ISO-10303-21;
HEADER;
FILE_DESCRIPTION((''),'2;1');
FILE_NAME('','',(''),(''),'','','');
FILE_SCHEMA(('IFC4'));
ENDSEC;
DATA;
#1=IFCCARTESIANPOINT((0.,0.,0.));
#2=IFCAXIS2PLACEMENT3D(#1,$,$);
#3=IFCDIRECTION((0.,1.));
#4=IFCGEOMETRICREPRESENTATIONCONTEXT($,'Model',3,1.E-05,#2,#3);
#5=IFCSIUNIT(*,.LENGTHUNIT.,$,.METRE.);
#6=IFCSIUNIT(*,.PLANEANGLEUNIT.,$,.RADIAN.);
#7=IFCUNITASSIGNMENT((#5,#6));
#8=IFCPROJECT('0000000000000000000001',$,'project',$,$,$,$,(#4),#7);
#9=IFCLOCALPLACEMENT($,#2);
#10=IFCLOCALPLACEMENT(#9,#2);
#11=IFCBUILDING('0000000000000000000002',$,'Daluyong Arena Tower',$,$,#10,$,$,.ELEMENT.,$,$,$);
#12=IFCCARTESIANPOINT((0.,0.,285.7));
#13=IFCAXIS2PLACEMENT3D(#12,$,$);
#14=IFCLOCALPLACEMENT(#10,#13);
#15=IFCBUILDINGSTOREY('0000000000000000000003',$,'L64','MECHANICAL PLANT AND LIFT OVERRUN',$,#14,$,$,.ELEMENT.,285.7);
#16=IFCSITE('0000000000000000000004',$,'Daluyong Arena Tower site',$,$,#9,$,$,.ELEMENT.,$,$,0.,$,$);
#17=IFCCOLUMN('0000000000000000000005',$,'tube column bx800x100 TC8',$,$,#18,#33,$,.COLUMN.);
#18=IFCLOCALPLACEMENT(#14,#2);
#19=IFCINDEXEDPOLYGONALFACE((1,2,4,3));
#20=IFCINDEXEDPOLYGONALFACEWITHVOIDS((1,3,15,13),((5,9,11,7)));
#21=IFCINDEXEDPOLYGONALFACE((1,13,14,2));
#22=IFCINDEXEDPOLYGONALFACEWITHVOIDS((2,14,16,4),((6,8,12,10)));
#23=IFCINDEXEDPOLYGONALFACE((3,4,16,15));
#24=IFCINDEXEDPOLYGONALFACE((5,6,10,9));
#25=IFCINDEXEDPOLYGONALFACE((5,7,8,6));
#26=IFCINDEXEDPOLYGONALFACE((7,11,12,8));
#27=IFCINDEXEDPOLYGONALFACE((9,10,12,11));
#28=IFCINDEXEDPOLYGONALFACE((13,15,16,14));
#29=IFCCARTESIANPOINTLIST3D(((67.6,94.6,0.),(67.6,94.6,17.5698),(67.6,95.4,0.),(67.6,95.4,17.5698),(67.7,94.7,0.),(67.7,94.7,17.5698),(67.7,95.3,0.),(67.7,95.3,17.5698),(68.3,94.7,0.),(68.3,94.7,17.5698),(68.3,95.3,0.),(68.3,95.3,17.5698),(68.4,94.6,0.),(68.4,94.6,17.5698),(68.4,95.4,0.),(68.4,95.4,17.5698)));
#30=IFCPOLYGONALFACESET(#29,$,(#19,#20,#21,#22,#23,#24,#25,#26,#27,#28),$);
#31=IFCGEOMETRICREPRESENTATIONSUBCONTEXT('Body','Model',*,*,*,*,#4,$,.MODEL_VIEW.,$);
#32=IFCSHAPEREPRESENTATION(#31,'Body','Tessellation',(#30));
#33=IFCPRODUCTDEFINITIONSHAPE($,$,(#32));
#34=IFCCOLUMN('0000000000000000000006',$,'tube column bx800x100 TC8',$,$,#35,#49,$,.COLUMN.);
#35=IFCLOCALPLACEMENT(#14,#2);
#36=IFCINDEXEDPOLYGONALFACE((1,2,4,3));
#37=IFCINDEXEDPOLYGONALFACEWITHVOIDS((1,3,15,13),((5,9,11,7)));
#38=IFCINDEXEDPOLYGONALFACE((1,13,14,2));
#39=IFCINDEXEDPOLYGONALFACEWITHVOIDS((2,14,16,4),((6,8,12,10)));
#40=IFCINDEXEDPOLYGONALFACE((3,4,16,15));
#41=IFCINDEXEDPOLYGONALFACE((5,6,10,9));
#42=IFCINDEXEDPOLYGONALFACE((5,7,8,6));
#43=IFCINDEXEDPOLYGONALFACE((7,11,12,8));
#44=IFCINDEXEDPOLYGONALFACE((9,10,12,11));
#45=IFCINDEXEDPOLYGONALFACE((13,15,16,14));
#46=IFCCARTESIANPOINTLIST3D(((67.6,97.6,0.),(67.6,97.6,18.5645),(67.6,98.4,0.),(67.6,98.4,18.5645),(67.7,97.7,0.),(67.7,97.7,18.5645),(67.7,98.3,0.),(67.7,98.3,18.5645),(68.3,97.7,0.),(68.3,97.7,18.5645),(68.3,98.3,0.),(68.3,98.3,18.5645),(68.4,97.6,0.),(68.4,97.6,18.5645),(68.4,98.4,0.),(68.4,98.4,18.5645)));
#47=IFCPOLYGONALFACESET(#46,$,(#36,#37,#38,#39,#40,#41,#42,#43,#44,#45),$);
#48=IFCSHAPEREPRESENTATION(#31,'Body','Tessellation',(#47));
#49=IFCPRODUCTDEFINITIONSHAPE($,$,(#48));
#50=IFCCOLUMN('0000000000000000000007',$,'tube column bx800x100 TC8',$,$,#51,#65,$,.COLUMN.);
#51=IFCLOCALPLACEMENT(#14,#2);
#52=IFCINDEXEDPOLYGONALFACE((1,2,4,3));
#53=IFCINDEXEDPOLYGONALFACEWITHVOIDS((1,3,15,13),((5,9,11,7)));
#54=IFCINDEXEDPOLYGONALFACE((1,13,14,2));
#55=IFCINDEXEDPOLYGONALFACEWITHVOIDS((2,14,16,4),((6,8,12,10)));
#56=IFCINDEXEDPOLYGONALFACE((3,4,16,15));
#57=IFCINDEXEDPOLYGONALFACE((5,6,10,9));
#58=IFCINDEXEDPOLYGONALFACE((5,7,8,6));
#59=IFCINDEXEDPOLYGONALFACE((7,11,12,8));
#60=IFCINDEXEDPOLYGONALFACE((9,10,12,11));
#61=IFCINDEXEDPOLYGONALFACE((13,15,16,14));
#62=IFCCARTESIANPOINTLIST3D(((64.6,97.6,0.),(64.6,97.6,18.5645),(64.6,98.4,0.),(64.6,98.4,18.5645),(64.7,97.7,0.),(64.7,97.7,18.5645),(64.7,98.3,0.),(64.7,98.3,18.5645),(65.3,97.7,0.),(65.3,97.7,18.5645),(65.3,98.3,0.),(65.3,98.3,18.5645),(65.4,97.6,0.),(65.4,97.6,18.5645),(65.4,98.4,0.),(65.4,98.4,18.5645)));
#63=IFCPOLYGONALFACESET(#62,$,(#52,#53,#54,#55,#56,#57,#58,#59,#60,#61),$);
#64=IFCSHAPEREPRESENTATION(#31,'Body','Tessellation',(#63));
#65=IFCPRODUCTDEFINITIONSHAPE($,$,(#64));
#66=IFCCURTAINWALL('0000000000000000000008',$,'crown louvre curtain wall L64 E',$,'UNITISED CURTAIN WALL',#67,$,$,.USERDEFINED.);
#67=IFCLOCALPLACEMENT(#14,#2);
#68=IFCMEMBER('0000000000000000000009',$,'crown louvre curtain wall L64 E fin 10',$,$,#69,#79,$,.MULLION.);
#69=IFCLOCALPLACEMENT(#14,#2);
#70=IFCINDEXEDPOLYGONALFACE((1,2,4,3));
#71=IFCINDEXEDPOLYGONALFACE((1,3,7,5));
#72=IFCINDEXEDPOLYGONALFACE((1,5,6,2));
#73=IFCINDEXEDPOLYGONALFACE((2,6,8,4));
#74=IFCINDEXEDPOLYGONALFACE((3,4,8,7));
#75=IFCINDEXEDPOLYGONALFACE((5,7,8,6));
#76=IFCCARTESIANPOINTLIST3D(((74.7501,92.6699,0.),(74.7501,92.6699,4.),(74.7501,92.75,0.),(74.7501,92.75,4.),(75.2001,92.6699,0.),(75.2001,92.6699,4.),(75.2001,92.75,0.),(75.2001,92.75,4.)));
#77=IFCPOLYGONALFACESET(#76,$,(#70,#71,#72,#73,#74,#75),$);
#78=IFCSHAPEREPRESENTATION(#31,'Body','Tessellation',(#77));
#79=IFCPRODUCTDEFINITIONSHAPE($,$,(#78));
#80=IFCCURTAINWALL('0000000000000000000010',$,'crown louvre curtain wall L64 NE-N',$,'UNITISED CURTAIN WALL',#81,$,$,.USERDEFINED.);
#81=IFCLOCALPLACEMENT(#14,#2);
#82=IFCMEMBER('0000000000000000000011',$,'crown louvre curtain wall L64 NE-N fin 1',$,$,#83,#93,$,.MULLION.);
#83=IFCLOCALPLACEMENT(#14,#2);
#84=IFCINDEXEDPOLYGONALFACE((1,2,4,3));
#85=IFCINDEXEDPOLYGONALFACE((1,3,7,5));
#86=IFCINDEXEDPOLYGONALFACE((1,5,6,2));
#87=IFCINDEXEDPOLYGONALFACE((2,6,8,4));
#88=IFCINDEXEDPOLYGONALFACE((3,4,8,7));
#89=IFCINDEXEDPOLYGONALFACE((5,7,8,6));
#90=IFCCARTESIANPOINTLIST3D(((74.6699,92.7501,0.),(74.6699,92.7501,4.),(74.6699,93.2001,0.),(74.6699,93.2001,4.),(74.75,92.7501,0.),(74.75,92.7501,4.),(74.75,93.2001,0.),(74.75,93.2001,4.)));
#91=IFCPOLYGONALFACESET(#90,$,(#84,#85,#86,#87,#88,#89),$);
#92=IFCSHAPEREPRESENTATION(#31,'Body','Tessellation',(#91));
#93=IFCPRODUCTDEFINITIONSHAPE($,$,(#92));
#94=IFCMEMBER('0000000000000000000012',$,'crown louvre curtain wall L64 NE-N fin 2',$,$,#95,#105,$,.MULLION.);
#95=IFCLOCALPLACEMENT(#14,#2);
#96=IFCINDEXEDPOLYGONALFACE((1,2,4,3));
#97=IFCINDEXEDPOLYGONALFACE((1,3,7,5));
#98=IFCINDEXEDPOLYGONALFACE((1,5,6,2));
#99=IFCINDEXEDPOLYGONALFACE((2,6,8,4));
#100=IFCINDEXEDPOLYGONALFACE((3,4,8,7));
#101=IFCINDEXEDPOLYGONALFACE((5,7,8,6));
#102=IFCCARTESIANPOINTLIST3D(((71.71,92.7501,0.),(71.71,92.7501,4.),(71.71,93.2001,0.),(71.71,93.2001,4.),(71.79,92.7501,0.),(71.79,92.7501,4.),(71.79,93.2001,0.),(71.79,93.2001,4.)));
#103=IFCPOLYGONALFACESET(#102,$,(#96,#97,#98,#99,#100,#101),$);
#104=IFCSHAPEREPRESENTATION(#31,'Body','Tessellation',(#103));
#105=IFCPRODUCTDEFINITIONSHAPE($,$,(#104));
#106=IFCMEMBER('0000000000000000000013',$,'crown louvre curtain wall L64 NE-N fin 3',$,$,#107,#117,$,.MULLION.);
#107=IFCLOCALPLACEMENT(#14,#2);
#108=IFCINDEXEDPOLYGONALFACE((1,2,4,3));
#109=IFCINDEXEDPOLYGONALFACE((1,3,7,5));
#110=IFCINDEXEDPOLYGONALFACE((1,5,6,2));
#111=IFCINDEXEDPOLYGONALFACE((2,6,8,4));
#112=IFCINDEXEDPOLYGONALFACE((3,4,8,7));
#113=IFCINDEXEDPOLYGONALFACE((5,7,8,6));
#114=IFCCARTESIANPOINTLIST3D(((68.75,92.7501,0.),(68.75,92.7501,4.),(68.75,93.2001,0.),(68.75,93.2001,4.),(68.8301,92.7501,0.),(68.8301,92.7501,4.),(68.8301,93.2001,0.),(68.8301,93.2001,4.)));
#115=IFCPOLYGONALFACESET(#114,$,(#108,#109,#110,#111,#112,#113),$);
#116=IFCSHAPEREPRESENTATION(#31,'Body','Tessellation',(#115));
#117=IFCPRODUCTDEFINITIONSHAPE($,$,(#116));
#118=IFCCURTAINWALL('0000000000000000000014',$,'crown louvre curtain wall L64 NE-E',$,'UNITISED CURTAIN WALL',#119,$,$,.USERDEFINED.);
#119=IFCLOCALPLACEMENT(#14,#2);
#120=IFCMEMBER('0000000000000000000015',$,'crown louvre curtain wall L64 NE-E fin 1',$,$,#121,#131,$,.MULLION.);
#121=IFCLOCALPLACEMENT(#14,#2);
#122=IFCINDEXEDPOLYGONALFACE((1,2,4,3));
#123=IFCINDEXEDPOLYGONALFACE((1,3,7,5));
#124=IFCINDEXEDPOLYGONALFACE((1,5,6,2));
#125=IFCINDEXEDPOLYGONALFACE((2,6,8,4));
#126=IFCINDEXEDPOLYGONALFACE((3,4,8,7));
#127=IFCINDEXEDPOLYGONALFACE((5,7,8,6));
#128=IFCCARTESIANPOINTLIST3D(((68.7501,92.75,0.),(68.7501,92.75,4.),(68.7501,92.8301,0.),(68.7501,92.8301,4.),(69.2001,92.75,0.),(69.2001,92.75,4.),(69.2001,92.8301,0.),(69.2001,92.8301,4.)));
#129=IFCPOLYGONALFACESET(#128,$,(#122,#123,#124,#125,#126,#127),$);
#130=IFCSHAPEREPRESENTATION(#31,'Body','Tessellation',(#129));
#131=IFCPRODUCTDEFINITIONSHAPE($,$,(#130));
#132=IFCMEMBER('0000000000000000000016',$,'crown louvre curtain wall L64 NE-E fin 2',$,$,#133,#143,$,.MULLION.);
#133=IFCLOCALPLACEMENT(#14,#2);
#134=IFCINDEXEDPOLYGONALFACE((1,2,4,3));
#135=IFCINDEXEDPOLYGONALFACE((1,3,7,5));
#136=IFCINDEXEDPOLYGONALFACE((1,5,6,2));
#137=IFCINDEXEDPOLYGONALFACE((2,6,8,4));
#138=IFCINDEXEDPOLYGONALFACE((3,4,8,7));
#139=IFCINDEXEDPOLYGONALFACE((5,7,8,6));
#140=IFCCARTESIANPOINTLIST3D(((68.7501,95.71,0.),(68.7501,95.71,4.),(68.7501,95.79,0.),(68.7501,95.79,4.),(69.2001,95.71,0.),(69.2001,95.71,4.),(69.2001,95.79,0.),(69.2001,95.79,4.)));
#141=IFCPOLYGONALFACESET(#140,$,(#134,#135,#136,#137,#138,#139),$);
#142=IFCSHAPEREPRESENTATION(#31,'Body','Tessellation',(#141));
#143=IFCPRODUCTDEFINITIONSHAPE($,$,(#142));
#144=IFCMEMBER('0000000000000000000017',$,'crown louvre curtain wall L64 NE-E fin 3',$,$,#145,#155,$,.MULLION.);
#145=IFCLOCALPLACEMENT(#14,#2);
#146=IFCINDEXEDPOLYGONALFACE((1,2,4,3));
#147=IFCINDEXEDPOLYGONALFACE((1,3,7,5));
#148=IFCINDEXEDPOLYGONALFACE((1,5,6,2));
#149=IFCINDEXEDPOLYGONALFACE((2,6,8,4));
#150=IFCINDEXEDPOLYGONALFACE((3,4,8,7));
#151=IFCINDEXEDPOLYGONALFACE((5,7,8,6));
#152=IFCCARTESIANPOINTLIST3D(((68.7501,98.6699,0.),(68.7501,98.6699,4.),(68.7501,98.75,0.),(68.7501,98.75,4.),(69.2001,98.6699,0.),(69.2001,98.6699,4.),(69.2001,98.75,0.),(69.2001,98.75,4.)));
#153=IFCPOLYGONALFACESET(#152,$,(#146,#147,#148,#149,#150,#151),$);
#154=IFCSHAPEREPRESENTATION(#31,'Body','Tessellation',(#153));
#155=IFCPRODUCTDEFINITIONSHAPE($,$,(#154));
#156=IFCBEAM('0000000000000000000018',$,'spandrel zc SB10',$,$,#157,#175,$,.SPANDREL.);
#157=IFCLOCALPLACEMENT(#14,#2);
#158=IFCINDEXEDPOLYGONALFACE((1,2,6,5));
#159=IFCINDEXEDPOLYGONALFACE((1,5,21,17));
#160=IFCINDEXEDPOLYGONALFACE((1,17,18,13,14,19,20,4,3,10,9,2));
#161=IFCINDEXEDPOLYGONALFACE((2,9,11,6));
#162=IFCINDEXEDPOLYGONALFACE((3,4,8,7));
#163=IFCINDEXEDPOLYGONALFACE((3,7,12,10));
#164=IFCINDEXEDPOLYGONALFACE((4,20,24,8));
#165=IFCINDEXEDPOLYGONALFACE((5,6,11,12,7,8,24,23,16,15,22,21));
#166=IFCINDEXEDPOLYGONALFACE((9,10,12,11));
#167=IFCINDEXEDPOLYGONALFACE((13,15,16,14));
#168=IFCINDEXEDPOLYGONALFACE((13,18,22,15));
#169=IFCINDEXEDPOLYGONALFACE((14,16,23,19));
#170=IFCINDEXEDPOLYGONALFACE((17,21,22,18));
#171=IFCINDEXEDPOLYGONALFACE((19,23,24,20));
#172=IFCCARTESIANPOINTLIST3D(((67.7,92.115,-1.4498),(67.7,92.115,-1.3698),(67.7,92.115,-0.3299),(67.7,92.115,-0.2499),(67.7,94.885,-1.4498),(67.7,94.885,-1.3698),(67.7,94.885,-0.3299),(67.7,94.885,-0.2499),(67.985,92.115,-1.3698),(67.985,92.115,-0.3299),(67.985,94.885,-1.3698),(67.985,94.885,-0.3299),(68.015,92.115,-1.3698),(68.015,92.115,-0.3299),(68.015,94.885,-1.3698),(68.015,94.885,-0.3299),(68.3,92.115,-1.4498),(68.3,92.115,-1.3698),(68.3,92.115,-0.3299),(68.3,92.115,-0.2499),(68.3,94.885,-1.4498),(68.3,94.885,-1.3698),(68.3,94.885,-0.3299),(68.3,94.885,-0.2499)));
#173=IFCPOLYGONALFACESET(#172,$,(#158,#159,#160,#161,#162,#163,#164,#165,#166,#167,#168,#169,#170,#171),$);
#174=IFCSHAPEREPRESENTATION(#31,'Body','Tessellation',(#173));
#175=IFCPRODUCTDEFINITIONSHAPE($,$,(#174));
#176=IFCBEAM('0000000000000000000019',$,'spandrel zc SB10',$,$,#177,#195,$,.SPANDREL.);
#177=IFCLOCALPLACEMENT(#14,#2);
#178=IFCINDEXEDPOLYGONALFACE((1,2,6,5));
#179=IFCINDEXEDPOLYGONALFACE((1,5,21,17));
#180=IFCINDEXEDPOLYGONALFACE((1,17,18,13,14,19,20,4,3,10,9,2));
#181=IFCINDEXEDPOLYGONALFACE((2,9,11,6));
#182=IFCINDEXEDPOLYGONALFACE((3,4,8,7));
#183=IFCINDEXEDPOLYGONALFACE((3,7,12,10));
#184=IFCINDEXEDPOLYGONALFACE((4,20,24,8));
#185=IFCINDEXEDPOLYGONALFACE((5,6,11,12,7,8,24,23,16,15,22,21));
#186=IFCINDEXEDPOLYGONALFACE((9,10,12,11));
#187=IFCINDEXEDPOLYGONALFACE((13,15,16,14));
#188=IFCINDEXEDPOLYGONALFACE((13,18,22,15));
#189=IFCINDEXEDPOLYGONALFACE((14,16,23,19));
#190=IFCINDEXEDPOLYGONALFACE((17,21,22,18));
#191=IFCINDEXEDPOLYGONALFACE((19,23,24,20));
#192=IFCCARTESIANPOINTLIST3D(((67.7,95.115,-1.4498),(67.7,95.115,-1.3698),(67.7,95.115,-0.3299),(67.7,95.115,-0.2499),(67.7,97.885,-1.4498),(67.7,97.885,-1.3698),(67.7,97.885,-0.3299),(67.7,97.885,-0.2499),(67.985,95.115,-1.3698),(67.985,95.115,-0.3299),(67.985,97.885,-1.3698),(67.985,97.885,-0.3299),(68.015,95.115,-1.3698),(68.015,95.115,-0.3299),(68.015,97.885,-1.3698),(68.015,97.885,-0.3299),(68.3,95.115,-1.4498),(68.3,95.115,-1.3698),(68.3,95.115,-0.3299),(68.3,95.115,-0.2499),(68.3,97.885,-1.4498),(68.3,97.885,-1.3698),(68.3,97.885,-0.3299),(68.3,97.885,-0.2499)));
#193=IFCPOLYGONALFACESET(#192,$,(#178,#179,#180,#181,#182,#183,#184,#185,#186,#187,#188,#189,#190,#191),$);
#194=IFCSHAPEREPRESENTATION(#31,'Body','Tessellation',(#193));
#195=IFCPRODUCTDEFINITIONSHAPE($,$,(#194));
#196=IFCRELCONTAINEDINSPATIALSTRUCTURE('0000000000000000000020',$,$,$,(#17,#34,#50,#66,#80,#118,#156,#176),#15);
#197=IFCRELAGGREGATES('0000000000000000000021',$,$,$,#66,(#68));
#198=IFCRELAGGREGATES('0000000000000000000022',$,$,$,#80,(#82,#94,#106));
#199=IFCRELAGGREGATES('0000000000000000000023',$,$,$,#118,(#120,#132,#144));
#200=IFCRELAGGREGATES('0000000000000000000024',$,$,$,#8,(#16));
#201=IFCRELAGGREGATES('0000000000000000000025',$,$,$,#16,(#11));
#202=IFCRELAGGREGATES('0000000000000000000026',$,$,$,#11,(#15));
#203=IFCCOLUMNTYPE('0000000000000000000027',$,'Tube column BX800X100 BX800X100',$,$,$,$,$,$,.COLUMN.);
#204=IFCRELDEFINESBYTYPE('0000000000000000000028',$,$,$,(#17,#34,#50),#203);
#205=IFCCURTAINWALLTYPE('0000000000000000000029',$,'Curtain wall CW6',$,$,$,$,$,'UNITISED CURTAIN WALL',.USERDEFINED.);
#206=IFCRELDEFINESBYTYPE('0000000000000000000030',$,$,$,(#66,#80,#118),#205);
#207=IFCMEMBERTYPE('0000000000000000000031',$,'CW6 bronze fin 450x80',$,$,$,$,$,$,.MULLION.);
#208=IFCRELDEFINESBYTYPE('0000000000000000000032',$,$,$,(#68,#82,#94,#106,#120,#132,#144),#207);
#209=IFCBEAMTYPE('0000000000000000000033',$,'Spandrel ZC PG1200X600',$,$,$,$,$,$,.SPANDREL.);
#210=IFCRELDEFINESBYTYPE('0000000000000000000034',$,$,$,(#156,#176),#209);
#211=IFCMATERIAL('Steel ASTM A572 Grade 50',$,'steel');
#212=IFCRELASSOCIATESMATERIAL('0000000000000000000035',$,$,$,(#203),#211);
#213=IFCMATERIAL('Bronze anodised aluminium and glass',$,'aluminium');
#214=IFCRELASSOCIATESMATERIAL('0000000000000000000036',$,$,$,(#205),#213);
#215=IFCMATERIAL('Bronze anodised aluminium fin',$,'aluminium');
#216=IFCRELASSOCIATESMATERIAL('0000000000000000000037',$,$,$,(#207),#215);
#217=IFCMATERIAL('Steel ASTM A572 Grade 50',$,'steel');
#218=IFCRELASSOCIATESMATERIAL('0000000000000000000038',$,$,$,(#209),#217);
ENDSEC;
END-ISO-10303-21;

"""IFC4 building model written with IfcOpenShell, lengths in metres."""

from ifc_helpers import new_model, si_unit, direction, frame, origin, origin_2d, place, context, subcontext, project, spatial, rectangle, hollow_rectangle, i_section, extrude, material, material_profile, profile_set, type_object, element, aggregate, save


model = new_model("IFC4")

# Units and contexts
model_context = context("Model", 3, precision=1e-05, world=origin(), true_north=direction((0.0, 1.0)))
body_context = subcontext(model_context, "Body", "Model", "MODEL_VIEW")
ifc_project = project(units=[si_unit("LENGTHUNIT", "METRE"), si_unit("PLANEANGLEUNIT", "RADIAN")], contexts=[model_context])

# Site, building, storey
site_placement = place(None, origin())
site = spatial("IfcSite", under=ifc_project, at=site_placement, Name="Daluyong Arena Tower site", CompositionType="ELEMENT", RefElevation=0.0)
building_placement = place(site_placement, origin())
building = spatial("IfcBuilding", under=site, at=building_placement, Name="Daluyong Arena Tower", CompositionType="ELEMENT")
storey_placement = place(building_placement, frame((0.0, 0.0, 285.7)))
storey = spatial("IfcBuildingStorey", under=building, at=storey_placement, Name="L64", Description="MECHANICAL PLANT AND LIFT OVERRUN", CompositionType="ELEMENT", Elevation=285.7)

# Columns
ifc_material_1 = material(Name="Steel ASTM A572 Grade 50", Category="steel")
ifc_material_profile_1 = material_profile(ifc_material_1, hollow_rectangle(XDim=0.8, YDim=0.8, WallThickness=0.1, at=origin_2d()))
ifc_profile_set_1 = profile_set([ifc_material_profile_1], Name="Steel ASTM A572 Grade 50")
column_type = type_object("IfcColumnType", Name="Tube column BX800X100 BX800X100", PredefinedType="COLUMN", material=ifc_profile_set_1)
column_placement = place(storey_placement, frame((68.0, 95.0, 0.0), z_axis=(0.0, 0.0, 1.0), x_axis=(0.0, 1.0, 0.0)))
element("IfcColumn", 1, at=column_placement, inside=storey, type_object=column_type, Name="tube column bx800x100 TC8", PredefinedType="COLUMN", context=body_context, shape_type="SweptSolid", body=[
    extrude(hollow_rectangle(XDim=0.8, YDim=0.8, WallThickness=0.1, at=origin_2d()), origin(), (0.0, 0.0, 1.0), 17.5698),
])
for number, where, z_axis, x_axis, name in (
    (2, (68.0, 98.0, 0.0), (0.0, 0.0, 1.0), (1.0, 0.0, 0.0), "tube column bx800x100 TC8"),
    (3, (65.0, 98.0, 0.0), (0.0, 0.0, 1.0), (1.0, 0.0, 0.0), "tube column bx800x100 TC8"),
):
    element("IfcColumn", number, at=place(storey_placement, frame(where, z_axis=z_axis, x_axis=x_axis)), inside=storey, type_object=column_type, Name=name, PredefinedType="COLUMN", context=body_context, shape_type="SweptSolid", body=[
        extrude(hollow_rectangle(XDim=0.8, YDim=0.8, WallThickness=0.1, at=origin_2d()), origin(), (0.0, 0.0, 1.0), 18.5645),
    ])

# Curtain wall, member
ifc_material_2 = material(Name="Bronze anodised aluminium and glass", Category="aluminium")
curtain_wall_type = type_object("IfcCurtainWallType", Name="Curtain wall CW6", ElementType="UNITISED CURTAIN WALL", PredefinedType="USERDEFINED", material=ifc_material_2)
curtain_wall_1_placement = place(storey_placement, origin())
curtain_wall_1 = element("IfcCurtainWall", 4, at=curtain_wall_1_placement, inside=storey, type_object=curtain_wall_type, Name="crown louvre curtain wall L64 E", ObjectType="UNITISED CURTAIN WALL", PredefinedType="USERDEFINED")
ifc_material_3 = material(Name="Bronze anodised aluminium fin", Category="aluminium")
ifc_material_profile_2 = material_profile(ifc_material_3, rectangle(XDim=0.45, YDim=0.0801, at=origin_2d()))
ifc_profile_set_2 = profile_set([ifc_material_profile_2], Name="Bronze anodised aluminium fin")
member_type = type_object("IfcMemberType", Name="CW6 bronze fin 450x80", PredefinedType="MULLION", material=ifc_profile_set_2)
member_1_placement = place(storey_placement, frame((74.9751, 92.71, 0.0), z_axis=(0.0, 0.0, 1.0), x_axis=(-1.0, 0.0, 0.0)))
member_1 = element("IfcMember", 5, at=member_1_placement, type_object=member_type, Name="crown louvre curtain wall L64 E fin 10", PredefinedType="MULLION", context=body_context, shape_type="SweptSolid", body=[
    extrude(rectangle(XDim=0.45, YDim=0.0801, at=origin_2d()), origin(), (0.0, 0.0, 1.0), 4.0),
])
aggregate(curtain_wall_1, [member_1])

# Curtain walls, members
curtain_wall_2_placement = place(storey_placement, origin())
curtain_wall_2 = element("IfcCurtainWall", 6, at=curtain_wall_2_placement, inside=storey, type_object=curtain_wall_type, Name="crown louvre curtain wall L64 NE-N", ObjectType="UNITISED CURTAIN WALL", PredefinedType="USERDEFINED")
member_2_placement = place(storey_placement, frame((74.71, 92.9751, 0.0), z_axis=(0.0, 0.0, 1.0), x_axis=(0.0, -1.0, 0.0)))
member_2 = element("IfcMember", 7, at=member_2_placement, type_object=member_type, Name="crown louvre curtain wall L64 NE-N fin 1", PredefinedType="MULLION", context=body_context, shape_type="SweptSolid", body=[
    extrude(rectangle(XDim=0.45, YDim=0.0801, at=origin_2d()), origin(), (0.0, 0.0, 1.0), 4.0),
])
member_3_placement = place(storey_placement, frame((71.75, 92.9751, 0.0), z_axis=(0.0, 0.0, 1.0), x_axis=(0.0, -1.0, 0.0)))
member_3 = element("IfcMember", 8, at=member_3_placement, type_object=member_type, Name="crown louvre curtain wall L64 NE-N fin 2", PredefinedType="MULLION", context=body_context, shape_type="SweptSolid", body=[
    extrude(rectangle(XDim=0.45, YDim=0.0801, at=origin_2d()), origin(), (0.0, 0.0, 1.0), 4.0),
])
member_4_placement = place(storey_placement, frame((68.79, 92.9751, 0.0), z_axis=(0.0, 0.0, 1.0), x_axis=(0.0, -1.0, 0.0)))
member_4 = element("IfcMember", 9, at=member_4_placement, type_object=member_type, Name="crown louvre curtain wall L64 NE-N fin 3", PredefinedType="MULLION", context=body_context, shape_type="SweptSolid", body=[
    extrude(rectangle(XDim=0.45, YDim=0.0801, at=origin_2d()), origin(), (0.0, 0.0, 1.0), 4.0),
])
curtain_wall_3_placement = place(storey_placement, origin())
curtain_wall_3 = element("IfcCurtainWall", 10, at=curtain_wall_3_placement, inside=storey, type_object=curtain_wall_type, Name="crown louvre curtain wall L64 NE-E", ObjectType="UNITISED CURTAIN WALL", PredefinedType="USERDEFINED")
member_5_placement = place(storey_placement, frame((68.9751, 92.79, 0.0), z_axis=(0.0, 0.0, 1.0), x_axis=(-1.0, 0.0, 0.0)))
member_5 = element("IfcMember", 11, at=member_5_placement, type_object=member_type, Name="crown louvre curtain wall L64 NE-E fin 1", PredefinedType="MULLION", context=body_context, shape_type="SweptSolid", body=[
    extrude(rectangle(XDim=0.45, YDim=0.0801, at=origin_2d()), origin(), (0.0, 0.0, 1.0), 4.0),
])
member_6_placement = place(storey_placement, frame((68.9751, 95.75, 0.0), z_axis=(0.0, 0.0, 1.0), x_axis=(-1.0, 0.0, 0.0)))
member_6 = element("IfcMember", 12, at=member_6_placement, type_object=member_type, Name="crown louvre curtain wall L64 NE-E fin 2", PredefinedType="MULLION", context=body_context, shape_type="SweptSolid", body=[
    extrude(rectangle(XDim=0.45, YDim=0.0801, at=origin_2d()), origin(), (0.0, 0.0, 1.0), 4.0),
])
member_7_placement = place(storey_placement, frame((68.9751, 98.71, 0.0), z_axis=(0.0, 0.0, 1.0), x_axis=(-1.0, 0.0, 0.0)))
member_7 = element("IfcMember", 13, at=member_7_placement, type_object=member_type, Name="crown louvre curtain wall L64 NE-E fin 3", PredefinedType="MULLION", context=body_context, shape_type="SweptSolid", body=[
    extrude(rectangle(XDim=0.45, YDim=0.0801, at=origin_2d()), origin(), (0.0, 0.0, 1.0), 4.0),
])

# Beams
ifc_material_4 = material(Name="Steel ASTM A572 Grade 50", Category="steel")
ifc_material_profile_3 = material_profile(ifc_material_4, i_section(OverallWidth=0.6001, OverallDepth=1.2, WebThickness=0.03, FlangeThickness=0.08, at=origin_2d()))
ifc_profile_set_3 = profile_set([ifc_material_profile_3], Name="Steel ASTM A572 Grade 50")
beam_type = type_object("IfcBeamType", Name="Spandrel ZC PG1200X600", PredefinedType="SPANDREL", material=ifc_profile_set_3)
for number, where, z_axis, x_axis, name in (
    (14, (68.0, 92.115, -0.8499), (0.0, 1.0, 0.0), (-1.0, 0.0, 0.0), "spandrel zc SB10"),
    (15, (68.0, 95.115, -0.8499), (0.0, 1.0, 0.0), (-1.0, 0.0, 0.0), "spandrel zc SB10"),
):
    element("IfcBeam", number, at=place(storey_placement, frame(where, z_axis=z_axis, x_axis=x_axis)), inside=storey, type_object=beam_type, Name=name, PredefinedType="SPANDREL", context=body_context, shape_type="SweptSolid", body=[
        extrude(i_section(OverallWidth=0.6001, OverallDepth=1.2, WebThickness=0.03, FlangeThickness=0.08, at=origin_2d()), origin(), (0.0, 0.0, 1.0), 2.77),
    ])

aggregate(curtain_wall_2, [member_2, member_3, member_4])
aggregate(curtain_wall_3, [member_5, member_6, member_7])

save(model, "model.ifc")
